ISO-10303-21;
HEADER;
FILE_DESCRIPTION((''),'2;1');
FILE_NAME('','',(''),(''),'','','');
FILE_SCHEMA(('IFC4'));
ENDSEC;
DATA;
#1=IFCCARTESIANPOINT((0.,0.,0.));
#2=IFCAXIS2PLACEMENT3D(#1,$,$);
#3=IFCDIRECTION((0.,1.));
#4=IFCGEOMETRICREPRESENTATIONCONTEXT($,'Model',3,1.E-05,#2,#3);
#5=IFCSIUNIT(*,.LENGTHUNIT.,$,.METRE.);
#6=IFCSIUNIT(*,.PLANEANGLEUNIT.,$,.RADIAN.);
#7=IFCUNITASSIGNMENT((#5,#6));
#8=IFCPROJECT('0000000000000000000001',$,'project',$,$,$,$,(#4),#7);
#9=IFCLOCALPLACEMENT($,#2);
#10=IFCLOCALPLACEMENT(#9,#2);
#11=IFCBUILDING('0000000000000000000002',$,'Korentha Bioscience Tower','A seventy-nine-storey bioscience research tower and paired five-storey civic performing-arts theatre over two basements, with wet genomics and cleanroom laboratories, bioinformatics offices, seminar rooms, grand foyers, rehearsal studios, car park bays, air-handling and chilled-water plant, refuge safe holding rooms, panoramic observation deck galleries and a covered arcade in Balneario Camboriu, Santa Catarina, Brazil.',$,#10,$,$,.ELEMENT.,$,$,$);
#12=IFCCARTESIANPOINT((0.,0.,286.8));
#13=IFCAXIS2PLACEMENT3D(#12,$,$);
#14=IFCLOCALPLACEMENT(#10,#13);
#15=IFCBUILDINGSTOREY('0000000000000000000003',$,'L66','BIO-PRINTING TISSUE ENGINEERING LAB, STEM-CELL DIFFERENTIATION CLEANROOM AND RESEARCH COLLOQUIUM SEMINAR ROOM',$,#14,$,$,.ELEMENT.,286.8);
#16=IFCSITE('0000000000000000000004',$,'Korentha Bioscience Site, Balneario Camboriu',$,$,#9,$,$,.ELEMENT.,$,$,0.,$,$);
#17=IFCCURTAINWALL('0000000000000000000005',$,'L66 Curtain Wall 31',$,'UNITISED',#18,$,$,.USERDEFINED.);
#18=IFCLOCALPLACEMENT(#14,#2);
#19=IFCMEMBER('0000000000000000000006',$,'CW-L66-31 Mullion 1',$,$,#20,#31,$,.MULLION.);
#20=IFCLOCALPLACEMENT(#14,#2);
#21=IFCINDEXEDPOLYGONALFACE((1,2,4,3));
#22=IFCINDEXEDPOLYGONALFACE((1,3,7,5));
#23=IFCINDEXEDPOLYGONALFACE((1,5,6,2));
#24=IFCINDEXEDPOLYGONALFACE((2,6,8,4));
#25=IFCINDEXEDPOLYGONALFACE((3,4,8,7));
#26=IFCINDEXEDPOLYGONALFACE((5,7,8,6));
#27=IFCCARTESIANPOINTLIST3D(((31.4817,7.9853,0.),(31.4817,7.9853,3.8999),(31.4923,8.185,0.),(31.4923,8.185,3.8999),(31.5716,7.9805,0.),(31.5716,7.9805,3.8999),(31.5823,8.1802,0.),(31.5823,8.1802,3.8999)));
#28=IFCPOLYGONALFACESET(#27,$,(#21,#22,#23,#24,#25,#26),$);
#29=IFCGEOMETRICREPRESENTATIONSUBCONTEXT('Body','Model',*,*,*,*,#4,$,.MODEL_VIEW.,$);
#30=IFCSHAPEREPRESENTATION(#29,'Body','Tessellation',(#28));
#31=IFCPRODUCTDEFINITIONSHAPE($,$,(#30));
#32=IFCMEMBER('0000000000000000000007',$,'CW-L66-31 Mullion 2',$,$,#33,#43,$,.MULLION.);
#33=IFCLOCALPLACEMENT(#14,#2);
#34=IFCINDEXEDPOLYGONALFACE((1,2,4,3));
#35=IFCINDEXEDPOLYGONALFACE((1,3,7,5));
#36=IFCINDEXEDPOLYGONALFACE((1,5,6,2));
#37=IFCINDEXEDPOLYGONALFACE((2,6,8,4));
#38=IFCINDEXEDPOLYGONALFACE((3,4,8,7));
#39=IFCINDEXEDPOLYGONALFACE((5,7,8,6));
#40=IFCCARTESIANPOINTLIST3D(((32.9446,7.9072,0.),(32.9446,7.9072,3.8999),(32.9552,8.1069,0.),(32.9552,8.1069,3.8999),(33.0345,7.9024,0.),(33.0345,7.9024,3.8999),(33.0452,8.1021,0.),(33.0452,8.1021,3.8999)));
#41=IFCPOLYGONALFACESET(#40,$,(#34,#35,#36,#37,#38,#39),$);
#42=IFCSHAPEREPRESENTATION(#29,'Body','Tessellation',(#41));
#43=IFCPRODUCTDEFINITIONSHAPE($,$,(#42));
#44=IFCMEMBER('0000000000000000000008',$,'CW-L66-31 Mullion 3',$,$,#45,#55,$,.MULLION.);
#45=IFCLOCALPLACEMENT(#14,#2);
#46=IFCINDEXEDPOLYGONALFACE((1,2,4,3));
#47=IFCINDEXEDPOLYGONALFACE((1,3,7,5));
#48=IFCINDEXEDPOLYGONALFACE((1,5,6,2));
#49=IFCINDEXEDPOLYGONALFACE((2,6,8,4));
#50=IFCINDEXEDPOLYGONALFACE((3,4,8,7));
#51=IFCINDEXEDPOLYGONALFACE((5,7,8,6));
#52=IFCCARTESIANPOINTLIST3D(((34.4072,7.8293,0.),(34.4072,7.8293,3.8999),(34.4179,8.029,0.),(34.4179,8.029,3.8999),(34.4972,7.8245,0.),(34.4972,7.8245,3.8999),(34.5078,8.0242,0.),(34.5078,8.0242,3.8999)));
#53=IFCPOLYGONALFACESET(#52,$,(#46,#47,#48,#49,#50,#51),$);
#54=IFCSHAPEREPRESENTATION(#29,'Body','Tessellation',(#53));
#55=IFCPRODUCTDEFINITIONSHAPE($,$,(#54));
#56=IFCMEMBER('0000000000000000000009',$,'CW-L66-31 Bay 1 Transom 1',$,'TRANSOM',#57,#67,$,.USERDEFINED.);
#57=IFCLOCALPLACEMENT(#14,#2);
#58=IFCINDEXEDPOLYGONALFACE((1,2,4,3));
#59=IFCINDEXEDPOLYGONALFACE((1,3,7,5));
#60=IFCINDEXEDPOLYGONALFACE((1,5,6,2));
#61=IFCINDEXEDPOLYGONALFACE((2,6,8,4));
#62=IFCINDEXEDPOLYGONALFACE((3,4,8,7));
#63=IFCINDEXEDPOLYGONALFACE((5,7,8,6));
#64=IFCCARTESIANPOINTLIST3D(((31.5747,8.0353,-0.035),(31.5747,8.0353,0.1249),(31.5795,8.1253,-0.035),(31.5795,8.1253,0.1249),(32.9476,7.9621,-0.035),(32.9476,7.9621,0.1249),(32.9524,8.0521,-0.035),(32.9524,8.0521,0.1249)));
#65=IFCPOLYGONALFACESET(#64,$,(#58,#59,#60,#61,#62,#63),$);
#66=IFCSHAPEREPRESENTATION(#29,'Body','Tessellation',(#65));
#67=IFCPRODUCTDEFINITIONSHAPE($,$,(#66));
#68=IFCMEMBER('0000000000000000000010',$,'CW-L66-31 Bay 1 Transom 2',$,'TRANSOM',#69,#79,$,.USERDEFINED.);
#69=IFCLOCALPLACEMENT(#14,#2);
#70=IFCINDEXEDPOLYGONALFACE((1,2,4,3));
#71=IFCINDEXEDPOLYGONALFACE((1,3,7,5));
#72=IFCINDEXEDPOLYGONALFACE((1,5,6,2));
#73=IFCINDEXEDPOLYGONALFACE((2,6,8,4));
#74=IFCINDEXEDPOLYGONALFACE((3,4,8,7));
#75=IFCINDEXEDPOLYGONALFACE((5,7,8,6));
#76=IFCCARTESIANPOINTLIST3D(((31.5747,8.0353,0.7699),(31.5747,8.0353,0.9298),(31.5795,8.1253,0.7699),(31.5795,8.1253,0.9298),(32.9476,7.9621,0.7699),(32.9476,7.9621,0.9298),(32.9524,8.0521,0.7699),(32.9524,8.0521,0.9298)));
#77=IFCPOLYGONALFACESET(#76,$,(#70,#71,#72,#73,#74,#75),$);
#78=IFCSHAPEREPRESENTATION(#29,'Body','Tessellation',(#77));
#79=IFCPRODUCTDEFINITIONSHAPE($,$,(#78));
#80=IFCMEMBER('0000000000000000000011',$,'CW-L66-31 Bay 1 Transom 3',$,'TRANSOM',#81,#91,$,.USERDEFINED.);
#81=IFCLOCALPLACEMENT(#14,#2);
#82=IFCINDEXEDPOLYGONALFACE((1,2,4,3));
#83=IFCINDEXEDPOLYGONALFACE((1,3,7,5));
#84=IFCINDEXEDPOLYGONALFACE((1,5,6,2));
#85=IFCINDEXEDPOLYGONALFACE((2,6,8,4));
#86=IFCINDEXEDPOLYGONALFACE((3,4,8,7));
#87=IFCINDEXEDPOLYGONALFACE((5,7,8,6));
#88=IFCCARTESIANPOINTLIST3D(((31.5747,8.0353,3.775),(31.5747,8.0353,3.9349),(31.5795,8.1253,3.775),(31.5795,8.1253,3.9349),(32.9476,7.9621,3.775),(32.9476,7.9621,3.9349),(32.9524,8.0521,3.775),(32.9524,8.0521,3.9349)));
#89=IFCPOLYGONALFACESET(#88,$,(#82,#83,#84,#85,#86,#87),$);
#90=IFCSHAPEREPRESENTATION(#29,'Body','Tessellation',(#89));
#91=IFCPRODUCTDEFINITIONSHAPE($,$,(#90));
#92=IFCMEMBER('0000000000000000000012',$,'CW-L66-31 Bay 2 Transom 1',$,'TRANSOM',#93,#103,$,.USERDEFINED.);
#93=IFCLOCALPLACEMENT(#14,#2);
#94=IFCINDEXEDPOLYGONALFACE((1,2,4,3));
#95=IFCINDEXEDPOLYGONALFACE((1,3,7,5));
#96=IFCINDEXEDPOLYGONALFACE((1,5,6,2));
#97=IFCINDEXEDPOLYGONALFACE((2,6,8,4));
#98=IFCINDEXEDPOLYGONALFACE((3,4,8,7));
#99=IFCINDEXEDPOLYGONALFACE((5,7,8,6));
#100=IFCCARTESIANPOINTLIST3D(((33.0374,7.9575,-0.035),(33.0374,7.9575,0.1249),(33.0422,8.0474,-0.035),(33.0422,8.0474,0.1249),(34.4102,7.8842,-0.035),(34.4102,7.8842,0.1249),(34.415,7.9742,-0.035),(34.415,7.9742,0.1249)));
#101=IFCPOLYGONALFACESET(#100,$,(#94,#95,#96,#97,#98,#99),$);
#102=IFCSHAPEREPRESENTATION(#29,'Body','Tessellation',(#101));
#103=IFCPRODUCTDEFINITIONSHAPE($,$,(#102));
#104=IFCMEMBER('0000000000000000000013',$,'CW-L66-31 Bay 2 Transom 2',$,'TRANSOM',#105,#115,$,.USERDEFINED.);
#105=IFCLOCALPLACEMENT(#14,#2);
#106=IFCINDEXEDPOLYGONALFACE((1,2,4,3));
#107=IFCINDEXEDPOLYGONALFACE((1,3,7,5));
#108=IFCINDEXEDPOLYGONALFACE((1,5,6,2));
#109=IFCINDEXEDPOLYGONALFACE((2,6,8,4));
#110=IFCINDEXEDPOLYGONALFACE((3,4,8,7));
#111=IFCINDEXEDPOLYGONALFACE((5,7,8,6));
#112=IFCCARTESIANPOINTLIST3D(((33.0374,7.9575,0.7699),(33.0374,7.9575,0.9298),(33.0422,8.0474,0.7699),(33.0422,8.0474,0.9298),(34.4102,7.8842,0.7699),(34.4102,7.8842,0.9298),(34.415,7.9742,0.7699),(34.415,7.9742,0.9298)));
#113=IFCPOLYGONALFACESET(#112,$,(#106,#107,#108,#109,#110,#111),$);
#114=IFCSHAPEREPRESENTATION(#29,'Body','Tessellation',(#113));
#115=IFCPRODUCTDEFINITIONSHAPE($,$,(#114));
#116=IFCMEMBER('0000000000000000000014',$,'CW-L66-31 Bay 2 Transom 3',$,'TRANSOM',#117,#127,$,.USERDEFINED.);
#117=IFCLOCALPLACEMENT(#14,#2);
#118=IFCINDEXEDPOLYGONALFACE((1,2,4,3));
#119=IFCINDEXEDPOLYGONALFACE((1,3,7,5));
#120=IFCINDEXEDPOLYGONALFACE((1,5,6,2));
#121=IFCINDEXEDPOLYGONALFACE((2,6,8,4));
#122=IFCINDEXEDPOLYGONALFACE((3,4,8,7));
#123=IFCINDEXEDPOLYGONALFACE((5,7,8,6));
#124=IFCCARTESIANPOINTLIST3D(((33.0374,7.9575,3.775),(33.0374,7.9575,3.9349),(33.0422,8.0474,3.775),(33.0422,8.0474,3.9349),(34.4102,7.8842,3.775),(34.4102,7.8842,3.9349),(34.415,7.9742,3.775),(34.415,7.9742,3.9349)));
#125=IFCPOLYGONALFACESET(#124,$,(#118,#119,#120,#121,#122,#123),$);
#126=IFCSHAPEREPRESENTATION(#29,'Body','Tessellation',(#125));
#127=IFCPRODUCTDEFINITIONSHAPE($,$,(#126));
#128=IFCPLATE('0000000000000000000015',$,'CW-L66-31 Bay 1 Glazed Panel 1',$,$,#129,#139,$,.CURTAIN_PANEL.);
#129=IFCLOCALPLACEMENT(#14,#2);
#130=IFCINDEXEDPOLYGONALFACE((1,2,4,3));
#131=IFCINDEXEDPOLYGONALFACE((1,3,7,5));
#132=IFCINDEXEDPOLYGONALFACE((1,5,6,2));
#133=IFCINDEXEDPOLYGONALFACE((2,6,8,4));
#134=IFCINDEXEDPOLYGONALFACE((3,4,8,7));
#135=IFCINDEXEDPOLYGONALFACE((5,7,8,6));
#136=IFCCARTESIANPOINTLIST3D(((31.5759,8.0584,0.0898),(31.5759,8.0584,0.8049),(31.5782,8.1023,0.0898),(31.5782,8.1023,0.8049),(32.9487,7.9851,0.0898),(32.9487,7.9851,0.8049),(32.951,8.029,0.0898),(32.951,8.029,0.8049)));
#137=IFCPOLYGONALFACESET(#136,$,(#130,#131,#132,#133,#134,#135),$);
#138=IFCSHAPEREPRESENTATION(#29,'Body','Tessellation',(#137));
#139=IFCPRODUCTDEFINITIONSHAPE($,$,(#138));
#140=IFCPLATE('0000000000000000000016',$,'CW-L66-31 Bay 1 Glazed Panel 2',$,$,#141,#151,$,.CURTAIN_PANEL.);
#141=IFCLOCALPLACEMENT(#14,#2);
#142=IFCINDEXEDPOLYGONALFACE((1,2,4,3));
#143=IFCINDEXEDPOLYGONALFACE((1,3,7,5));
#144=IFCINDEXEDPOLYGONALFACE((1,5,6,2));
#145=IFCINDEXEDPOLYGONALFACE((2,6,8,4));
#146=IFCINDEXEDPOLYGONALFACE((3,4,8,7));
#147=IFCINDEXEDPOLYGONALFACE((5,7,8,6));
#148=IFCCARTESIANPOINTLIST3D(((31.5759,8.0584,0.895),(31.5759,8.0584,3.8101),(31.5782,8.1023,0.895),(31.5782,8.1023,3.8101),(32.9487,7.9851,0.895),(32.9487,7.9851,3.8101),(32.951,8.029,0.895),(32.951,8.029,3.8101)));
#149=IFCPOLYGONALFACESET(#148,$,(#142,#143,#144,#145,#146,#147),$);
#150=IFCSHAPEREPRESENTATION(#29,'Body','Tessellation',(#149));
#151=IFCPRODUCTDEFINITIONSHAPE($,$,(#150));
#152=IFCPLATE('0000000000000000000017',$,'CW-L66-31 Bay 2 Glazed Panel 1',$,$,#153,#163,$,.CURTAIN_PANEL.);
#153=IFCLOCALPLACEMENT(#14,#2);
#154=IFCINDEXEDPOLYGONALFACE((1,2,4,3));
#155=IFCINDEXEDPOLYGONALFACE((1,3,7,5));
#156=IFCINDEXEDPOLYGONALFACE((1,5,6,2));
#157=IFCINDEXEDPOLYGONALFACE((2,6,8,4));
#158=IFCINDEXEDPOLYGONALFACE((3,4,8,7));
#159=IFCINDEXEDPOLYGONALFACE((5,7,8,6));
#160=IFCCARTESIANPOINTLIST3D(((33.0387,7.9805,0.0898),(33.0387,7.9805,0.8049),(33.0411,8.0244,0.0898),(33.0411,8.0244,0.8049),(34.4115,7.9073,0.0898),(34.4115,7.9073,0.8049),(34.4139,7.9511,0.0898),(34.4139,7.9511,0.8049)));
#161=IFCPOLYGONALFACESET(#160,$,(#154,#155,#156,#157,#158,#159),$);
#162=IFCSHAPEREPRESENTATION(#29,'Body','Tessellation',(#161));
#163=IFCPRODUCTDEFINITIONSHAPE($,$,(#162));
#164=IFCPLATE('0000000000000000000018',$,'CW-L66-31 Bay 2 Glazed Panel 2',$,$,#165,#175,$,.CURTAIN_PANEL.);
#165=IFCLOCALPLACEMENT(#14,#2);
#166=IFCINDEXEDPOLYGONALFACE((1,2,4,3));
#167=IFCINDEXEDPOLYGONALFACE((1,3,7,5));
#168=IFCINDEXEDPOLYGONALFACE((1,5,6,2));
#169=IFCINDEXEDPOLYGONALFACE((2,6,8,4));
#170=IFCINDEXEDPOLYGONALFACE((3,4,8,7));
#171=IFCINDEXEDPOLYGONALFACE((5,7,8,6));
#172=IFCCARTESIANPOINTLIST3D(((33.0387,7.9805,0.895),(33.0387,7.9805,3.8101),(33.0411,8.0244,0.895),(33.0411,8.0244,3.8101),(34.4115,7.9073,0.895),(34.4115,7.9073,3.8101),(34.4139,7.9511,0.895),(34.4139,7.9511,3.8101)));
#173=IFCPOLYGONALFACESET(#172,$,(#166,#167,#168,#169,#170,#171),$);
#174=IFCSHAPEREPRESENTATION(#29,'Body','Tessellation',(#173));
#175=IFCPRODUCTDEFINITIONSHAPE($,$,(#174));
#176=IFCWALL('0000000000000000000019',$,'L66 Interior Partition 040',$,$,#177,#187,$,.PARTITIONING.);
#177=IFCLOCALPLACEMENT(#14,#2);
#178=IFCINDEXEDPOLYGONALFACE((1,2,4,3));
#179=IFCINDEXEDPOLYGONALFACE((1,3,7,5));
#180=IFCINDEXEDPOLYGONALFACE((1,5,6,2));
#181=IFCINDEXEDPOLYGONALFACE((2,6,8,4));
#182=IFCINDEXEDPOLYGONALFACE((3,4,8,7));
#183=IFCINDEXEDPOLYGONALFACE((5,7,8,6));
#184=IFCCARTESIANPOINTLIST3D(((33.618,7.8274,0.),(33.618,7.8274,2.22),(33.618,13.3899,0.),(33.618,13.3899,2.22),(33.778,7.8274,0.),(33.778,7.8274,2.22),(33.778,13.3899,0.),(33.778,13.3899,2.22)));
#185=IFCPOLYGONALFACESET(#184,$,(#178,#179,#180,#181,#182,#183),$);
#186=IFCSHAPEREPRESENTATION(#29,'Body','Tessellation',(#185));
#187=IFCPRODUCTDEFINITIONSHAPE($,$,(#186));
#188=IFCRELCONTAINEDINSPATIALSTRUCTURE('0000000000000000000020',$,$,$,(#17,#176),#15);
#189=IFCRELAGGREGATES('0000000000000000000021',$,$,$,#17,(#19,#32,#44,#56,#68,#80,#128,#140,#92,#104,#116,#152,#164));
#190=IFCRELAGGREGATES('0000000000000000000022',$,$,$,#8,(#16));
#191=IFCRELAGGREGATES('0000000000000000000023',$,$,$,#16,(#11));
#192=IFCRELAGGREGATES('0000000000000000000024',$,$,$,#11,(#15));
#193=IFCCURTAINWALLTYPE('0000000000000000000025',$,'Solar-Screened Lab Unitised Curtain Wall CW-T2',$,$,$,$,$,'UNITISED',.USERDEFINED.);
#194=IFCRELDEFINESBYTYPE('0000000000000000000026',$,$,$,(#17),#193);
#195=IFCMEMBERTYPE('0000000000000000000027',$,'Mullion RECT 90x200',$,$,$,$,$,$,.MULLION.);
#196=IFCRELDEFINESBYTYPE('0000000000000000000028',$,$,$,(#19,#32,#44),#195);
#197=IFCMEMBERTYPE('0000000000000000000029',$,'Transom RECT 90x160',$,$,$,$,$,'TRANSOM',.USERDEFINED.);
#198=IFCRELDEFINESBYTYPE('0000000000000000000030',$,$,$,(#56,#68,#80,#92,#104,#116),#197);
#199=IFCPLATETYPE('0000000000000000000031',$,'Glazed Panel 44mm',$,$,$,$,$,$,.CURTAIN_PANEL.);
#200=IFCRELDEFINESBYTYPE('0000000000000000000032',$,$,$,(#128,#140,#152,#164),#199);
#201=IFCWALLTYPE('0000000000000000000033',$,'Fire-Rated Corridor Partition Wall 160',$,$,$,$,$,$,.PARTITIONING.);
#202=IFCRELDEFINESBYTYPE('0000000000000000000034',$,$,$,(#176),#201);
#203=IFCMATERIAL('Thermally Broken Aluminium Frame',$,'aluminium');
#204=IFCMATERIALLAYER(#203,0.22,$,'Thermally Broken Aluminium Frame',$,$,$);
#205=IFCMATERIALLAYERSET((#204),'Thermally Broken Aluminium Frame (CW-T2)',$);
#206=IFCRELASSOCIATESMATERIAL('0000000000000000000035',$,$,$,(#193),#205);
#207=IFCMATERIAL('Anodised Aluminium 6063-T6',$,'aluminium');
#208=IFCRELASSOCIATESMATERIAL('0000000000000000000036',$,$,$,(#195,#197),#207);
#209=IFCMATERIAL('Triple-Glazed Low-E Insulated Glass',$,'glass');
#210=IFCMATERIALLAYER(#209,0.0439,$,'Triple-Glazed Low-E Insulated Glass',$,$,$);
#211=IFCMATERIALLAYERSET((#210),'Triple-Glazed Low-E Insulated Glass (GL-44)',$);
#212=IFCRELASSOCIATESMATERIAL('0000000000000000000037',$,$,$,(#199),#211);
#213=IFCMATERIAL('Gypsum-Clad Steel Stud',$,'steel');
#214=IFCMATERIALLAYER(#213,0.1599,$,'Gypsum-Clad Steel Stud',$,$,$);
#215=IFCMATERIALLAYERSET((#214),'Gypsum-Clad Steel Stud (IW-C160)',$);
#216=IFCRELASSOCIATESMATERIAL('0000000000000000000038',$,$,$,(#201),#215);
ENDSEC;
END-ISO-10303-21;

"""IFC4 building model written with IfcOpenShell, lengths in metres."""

from ifc_helpers import new_model, si_unit, direction, frame, frame_2d, origin, origin_2d, place, context, subcontext, project, spatial, rectangle, extrude, material, layer, layer_set, material_profile, profile_set, type_object, element, aggregate, save


model = new_model("IFC4")

# Units and contexts
model_context = context("Model", 3, precision=1e-05, world=origin(), true_north=direction((0.0, 1.0)))
body_context = subcontext(model_context, "Body", "Model", "MODEL_VIEW")
ifc_project = project(units=[si_unit("LENGTHUNIT", "METRE"), si_unit("PLANEANGLEUNIT", "RADIAN")], contexts=[model_context])

# Site, building, storey
site_placement = place(None, origin())
site = spatial("IfcSite", under=ifc_project, at=site_placement, Name="Korentha Bioscience Site, Balneario Camboriu", CompositionType="ELEMENT", RefElevation=0.0)
building_placement = place(site_placement, origin())
building = spatial("IfcBuilding", under=site, at=building_placement, Name="Korentha Bioscience Tower", Description="A seventy-nine-storey bioscience research tower and paired five-storey civic performing-arts theatre over two basements, with wet genomics and cleanroom laboratories, bioinformatics offices, seminar rooms, grand foyers, rehearsal studios, car park bays, air-handling and chilled-water plant, refuge safe holding rooms, panoramic observation deck galleries and a covered arcade in Balneario Camboriu, Santa Catarina, Brazil.", CompositionType="ELEMENT")
storey_placement = place(building_placement, frame((0.0, 0.0, 286.8)))
storey = spatial("IfcBuildingStorey", under=building, at=storey_placement, Name="L66", Description="BIO-PRINTING TISSUE ENGINEERING LAB, STEM-CELL DIFFERENTIATION CLEANROOM AND RESEARCH COLLOQUIUM SEMINAR ROOM", CompositionType="ELEMENT", Elevation=286.8)

# Curtain wall, members, plates
ifc_material_1 = material(Name="Thermally Broken Aluminium Frame", Category="aluminium")
ifc_layer_1 = layer(ifc_material_1, 0.22, Name="Thermally Broken Aluminium Frame")
ifc_layer_set_1 = layer_set([ifc_layer_1], Name="Thermally Broken Aluminium Frame (CW-T2)")
curtain_wall_type = type_object("IfcCurtainWallType", Name="Solar-Screened Lab Unitised Curtain Wall CW-T2", ElementType="UNITISED", PredefinedType="USERDEFINED", material=ifc_layer_set_1)
curtain_wall_placement = place(storey_placement, origin())
curtain_wall = element("IfcCurtainWall", 1, at=curtain_wall_placement, inside=storey, type_object=curtain_wall_type, Name="L66 Curtain Wall 31", ObjectType="UNITISED", PredefinedType="USERDEFINED")
ifc_material_2 = material(Name="Anodised Aluminium 6063-T6", Category="aluminium")
ifc_material_profile_1 = material_profile(ifc_material_2, rectangle(XDim=0.0901, YDim=0.2, at=origin_2d()), Name="Anodised Aluminium 6063-T6")
ifc_profile_set_1 = profile_set([ifc_material_profile_1], Name="Anodised Aluminium 6063-T6 (CW-MUL)")
member_type_1 = type_object("IfcMemberType", Name="Mullion RECT 90x200", PredefinedType="MULLION", material=ifc_profile_set_1)
member_1_placement = place(storey_placement, frame((31.532, 8.0828, 0.0), z_axis=(0.0, 0.0, 1.0), x_axis=(0.998579, -0.053285, 0.0)))
member_1 = element("IfcMember", 2, at=member_1_placement, type_object=member_type_1, Name="CW-L66-31 Mullion 1", PredefinedType="MULLION", context=body_context, shape_type="SweptSolid", body=[
    extrude(rectangle(XDim=0.0901, YDim=0.2, at=origin_2d()), origin(), (0.0, 0.0, 1.0), 3.8999),
])
member_2_placement = place(storey_placement, frame((32.9949, 8.0046, 0.0), z_axis=(0.0, 0.0, 1.0), x_axis=(0.998579, -0.053285, 0.0)))
member_2 = element("IfcMember", 3, at=member_2_placement, type_object=member_type_1, Name="CW-L66-31 Mullion 2", PredefinedType="MULLION", context=body_context, shape_type="SweptSolid", body=[
    extrude(rectangle(XDim=0.0901, YDim=0.2, at=origin_2d()), origin(), (0.0, 0.0, 1.0), 3.8999),
])
member_3_placement = place(storey_placement, frame((34.4575, 7.9268, 0.0), z_axis=(0.0, 0.0, 1.0), x_axis=(0.998579, -0.053285, 0.0)))
member_3 = element("IfcMember", 4, at=member_3_placement, type_object=member_type_1, Name="CW-L66-31 Mullion 3", PredefinedType="MULLION", context=body_context, shape_type="SweptSolid", body=[
    extrude(rectangle(XDim=0.0901, YDim=0.2, at=origin_2d()), origin(), (0.0, 0.0, 1.0), 3.8999),
])
ifc_material_profile_2 = material_profile(ifc_material_2, rectangle(XDim=0.0901, YDim=0.1599, at=origin_2d()), Name="Anodised Aluminium 6063-T6")
ifc_profile_set_2 = profile_set([ifc_material_profile_2], Name="Anodised Aluminium 6063-T6 (CW-TRN)")
member_type_2 = type_object("IfcMemberType", Name="Transom RECT 90x160", ElementType="TRANSOM", PredefinedType="USERDEFINED", material=ifc_profile_set_2)
member_4_placement = place(storey_placement, frame((31.5771, 8.0803, 0.0449), z_axis=(0.99858, -0.053277, 0.0), x_axis=(0.053277, 0.99858, 0.0)))
member_4 = element("IfcMember", 5, at=member_4_placement, type_object=member_type_2, Name="CW-L66-31 Bay 1 Transom 1", ObjectType="TRANSOM", PredefinedType="USERDEFINED", context=body_context, shape_type="SweptSolid", body=[
    extrude(rectangle(XDim=0.0901, YDim=0.1599, at=origin_2d()), origin(), (0.0, 0.0, 1.0), 1.3748),
])
member_5_placement = place(storey_placement, frame((31.5771, 8.0803, 0.8499), z_axis=(0.99858, -0.053277, 0.0), x_axis=(0.053277, 0.99858, 0.0)))
member_5 = element("IfcMember", 6, at=member_5_placement, type_object=member_type_2, Name="CW-L66-31 Bay 1 Transom 2", ObjectType="TRANSOM", PredefinedType="USERDEFINED", context=body_context, shape_type="SweptSolid", body=[
    extrude(rectangle(XDim=0.0901, YDim=0.1599, at=origin_2d()), origin(), (0.0, 0.0, 1.0), 1.3748),
])
member_6_placement = place(storey_placement, frame((31.5771, 8.0803, 3.855), z_axis=(0.99858, -0.053277, 0.0), x_axis=(0.053277, 0.99858, 0.0)))
member_6 = element("IfcMember", 7, at=member_6_placement, type_object=member_type_2, Name="CW-L66-31 Bay 1 Transom 3", ObjectType="TRANSOM", PredefinedType="USERDEFINED", context=body_context, shape_type="SweptSolid", body=[
    extrude(rectangle(XDim=0.0901, YDim=0.1599, at=origin_2d()), origin(), (0.0, 0.0, 1.0), 1.3748),
])
member_7_placement = place(storey_placement, frame((33.0398, 8.0024, 0.0449), z_axis=(0.99858, -0.053277, 0.0), x_axis=(0.053277, 0.99858, 0.0)))
member_7 = element("IfcMember", 8, at=member_7_placement, type_object=member_type_2, Name="CW-L66-31 Bay 2 Transom 1", ObjectType="TRANSOM", PredefinedType="USERDEFINED", context=body_context, shape_type="SweptSolid", body=[
    extrude(rectangle(XDim=0.0901, YDim=0.1599, at=origin_2d()), origin(), (0.0, 0.0, 1.0), 1.3748),
])
member_8_placement = place(storey_placement, frame((33.0398, 8.0024, 0.8499), z_axis=(0.99858, -0.053277, 0.0), x_axis=(0.053277, 0.99858, 0.0)))
member_8 = element("IfcMember", 9, at=member_8_placement, type_object=member_type_2, Name="CW-L66-31 Bay 2 Transom 2", ObjectType="TRANSOM", PredefinedType="USERDEFINED", context=body_context, shape_type="SweptSolid", body=[
    extrude(rectangle(XDim=0.0901, YDim=0.1599, at=origin_2d()), origin(), (0.0, 0.0, 1.0), 1.3748),
])
member_9_placement = place(storey_placement, frame((33.0398, 8.0024, 3.855), z_axis=(0.99858, -0.053277, 0.0), x_axis=(0.053277, 0.99858, 0.0)))
member_9 = element("IfcMember", 10, at=member_9_placement, type_object=member_type_2, Name="CW-L66-31 Bay 2 Transom 3", ObjectType="TRANSOM", PredefinedType="USERDEFINED", context=body_context, shape_type="SweptSolid", body=[
    extrude(rectangle(XDim=0.0901, YDim=0.1599, at=origin_2d()), origin(), (0.0, 0.0, 1.0), 1.3748),
])
ifc_material_3 = material(Name="Triple-Glazed Low-E Insulated Glass", Category="glass")
ifc_layer_2 = layer(ifc_material_3, 0.0439, Name="Triple-Glazed Low-E Insulated Glass")
ifc_layer_set_2 = layer_set([ifc_layer_2], Name="Triple-Glazed Low-E Insulated Glass (GL-44)")
plate_type = type_object("IfcPlateType", Name="Glazed Panel 44mm", PredefinedType="CURTAIN_PANEL", material=ifc_layer_set_2)
plate_1_placement = place(storey_placement, frame((32.2634, 8.0437, 0.0898), z_axis=(0.0, 0.0, 1.0), x_axis=(0.998579, -0.053285, 0.0)))
plate_1 = element("IfcPlate", 11, at=plate_1_placement, type_object=plate_type, Name="CW-L66-31 Bay 1 Glazed Panel 1", PredefinedType="CURTAIN_PANEL", context=body_context, shape_type="SweptSolid", body=[
    extrude(rectangle(XDim=1.3748, YDim=0.0439, at=origin_2d()), origin(), (0.0, 0.0, 1.0), 0.7151),
])
plate_2_placement = place(storey_placement, frame((32.2634, 8.0437, 0.895), z_axis=(0.0, 0.0, 1.0), x_axis=(0.998579, -0.053285, 0.0)))
plate_2 = element("IfcPlate", 12, at=plate_2_placement, type_object=plate_type, Name="CW-L66-31 Bay 1 Glazed Panel 2", PredefinedType="CURTAIN_PANEL", context=body_context, shape_type="SweptSolid", body=[
    extrude(rectangle(XDim=1.3748, YDim=0.0439, at=origin_2d()), origin(), (0.0, 0.0, 1.0), 2.915),
])
plate_3_placement = place(storey_placement, frame((33.7263, 7.9658, 0.0898), z_axis=(0.0, 0.0, 1.0), x_axis=(0.998579, -0.053285, 0.0)))
plate_3 = element("IfcPlate", 13, at=plate_3_placement, type_object=plate_type, Name="CW-L66-31 Bay 2 Glazed Panel 1", PredefinedType="CURTAIN_PANEL", context=body_context, shape_type="SweptSolid", body=[
    extrude(rectangle(XDim=1.3748, YDim=0.0439, at=origin_2d()), origin(), (0.0, 0.0, 1.0), 0.7151),
])
plate_4_placement = place(storey_placement, frame((33.7263, 7.9658, 0.895), z_axis=(0.0, 0.0, 1.0), x_axis=(0.998579, -0.053285, 0.0)))
plate_4 = element("IfcPlate", 14, at=plate_4_placement, type_object=plate_type, Name="CW-L66-31 Bay 2 Glazed Panel 2", PredefinedType="CURTAIN_PANEL", context=body_context, shape_type="SweptSolid", body=[
    extrude(rectangle(XDim=1.3748, YDim=0.0439, at=origin_2d()), origin(), (0.0, 0.0, 1.0), 2.915),
])
aggregate(curtain_wall, [member_1, member_2, member_3, member_4, member_5, member_6, plate_1, plate_2, member_7, member_8, member_9, plate_3, plate_4])

# Wall
ifc_material_4 = material(Name="Gypsum-Clad Steel Stud", Category="steel")
ifc_layer_3 = layer(ifc_material_4, 0.1599, Name="Gypsum-Clad Steel Stud")
ifc_layer_set_3 = layer_set([ifc_layer_3], Name="Gypsum-Clad Steel Stud (IW-C160)")
wall_type_1 = type_object("IfcWallType", Name="Fire-Rated Corridor Partition Wall 160", PredefinedType="PARTITIONING", material=ifc_layer_set_3)
wall_1_placement = place(storey_placement, frame((33.698, 13.3899, 0.0), z_axis=(0.0, 0.0, 1.0), x_axis=(0.0, -1.0, 0.0)))
element("IfcWall", 15, at=wall_1_placement, inside=storey, type_object=wall_type_1, Name="L66 Interior Partition 040", PredefinedType="PARTITIONING", context=body_context, shape_type="SweptSolid", body=[
    extrude(rectangle(XDim=5.5625, YDim=0.1599, at=frame_2d((2.7812, 0.0))), origin(), (0.0, 0.0, 1.0), 2.22),
])

save(model, "model.ifc")
